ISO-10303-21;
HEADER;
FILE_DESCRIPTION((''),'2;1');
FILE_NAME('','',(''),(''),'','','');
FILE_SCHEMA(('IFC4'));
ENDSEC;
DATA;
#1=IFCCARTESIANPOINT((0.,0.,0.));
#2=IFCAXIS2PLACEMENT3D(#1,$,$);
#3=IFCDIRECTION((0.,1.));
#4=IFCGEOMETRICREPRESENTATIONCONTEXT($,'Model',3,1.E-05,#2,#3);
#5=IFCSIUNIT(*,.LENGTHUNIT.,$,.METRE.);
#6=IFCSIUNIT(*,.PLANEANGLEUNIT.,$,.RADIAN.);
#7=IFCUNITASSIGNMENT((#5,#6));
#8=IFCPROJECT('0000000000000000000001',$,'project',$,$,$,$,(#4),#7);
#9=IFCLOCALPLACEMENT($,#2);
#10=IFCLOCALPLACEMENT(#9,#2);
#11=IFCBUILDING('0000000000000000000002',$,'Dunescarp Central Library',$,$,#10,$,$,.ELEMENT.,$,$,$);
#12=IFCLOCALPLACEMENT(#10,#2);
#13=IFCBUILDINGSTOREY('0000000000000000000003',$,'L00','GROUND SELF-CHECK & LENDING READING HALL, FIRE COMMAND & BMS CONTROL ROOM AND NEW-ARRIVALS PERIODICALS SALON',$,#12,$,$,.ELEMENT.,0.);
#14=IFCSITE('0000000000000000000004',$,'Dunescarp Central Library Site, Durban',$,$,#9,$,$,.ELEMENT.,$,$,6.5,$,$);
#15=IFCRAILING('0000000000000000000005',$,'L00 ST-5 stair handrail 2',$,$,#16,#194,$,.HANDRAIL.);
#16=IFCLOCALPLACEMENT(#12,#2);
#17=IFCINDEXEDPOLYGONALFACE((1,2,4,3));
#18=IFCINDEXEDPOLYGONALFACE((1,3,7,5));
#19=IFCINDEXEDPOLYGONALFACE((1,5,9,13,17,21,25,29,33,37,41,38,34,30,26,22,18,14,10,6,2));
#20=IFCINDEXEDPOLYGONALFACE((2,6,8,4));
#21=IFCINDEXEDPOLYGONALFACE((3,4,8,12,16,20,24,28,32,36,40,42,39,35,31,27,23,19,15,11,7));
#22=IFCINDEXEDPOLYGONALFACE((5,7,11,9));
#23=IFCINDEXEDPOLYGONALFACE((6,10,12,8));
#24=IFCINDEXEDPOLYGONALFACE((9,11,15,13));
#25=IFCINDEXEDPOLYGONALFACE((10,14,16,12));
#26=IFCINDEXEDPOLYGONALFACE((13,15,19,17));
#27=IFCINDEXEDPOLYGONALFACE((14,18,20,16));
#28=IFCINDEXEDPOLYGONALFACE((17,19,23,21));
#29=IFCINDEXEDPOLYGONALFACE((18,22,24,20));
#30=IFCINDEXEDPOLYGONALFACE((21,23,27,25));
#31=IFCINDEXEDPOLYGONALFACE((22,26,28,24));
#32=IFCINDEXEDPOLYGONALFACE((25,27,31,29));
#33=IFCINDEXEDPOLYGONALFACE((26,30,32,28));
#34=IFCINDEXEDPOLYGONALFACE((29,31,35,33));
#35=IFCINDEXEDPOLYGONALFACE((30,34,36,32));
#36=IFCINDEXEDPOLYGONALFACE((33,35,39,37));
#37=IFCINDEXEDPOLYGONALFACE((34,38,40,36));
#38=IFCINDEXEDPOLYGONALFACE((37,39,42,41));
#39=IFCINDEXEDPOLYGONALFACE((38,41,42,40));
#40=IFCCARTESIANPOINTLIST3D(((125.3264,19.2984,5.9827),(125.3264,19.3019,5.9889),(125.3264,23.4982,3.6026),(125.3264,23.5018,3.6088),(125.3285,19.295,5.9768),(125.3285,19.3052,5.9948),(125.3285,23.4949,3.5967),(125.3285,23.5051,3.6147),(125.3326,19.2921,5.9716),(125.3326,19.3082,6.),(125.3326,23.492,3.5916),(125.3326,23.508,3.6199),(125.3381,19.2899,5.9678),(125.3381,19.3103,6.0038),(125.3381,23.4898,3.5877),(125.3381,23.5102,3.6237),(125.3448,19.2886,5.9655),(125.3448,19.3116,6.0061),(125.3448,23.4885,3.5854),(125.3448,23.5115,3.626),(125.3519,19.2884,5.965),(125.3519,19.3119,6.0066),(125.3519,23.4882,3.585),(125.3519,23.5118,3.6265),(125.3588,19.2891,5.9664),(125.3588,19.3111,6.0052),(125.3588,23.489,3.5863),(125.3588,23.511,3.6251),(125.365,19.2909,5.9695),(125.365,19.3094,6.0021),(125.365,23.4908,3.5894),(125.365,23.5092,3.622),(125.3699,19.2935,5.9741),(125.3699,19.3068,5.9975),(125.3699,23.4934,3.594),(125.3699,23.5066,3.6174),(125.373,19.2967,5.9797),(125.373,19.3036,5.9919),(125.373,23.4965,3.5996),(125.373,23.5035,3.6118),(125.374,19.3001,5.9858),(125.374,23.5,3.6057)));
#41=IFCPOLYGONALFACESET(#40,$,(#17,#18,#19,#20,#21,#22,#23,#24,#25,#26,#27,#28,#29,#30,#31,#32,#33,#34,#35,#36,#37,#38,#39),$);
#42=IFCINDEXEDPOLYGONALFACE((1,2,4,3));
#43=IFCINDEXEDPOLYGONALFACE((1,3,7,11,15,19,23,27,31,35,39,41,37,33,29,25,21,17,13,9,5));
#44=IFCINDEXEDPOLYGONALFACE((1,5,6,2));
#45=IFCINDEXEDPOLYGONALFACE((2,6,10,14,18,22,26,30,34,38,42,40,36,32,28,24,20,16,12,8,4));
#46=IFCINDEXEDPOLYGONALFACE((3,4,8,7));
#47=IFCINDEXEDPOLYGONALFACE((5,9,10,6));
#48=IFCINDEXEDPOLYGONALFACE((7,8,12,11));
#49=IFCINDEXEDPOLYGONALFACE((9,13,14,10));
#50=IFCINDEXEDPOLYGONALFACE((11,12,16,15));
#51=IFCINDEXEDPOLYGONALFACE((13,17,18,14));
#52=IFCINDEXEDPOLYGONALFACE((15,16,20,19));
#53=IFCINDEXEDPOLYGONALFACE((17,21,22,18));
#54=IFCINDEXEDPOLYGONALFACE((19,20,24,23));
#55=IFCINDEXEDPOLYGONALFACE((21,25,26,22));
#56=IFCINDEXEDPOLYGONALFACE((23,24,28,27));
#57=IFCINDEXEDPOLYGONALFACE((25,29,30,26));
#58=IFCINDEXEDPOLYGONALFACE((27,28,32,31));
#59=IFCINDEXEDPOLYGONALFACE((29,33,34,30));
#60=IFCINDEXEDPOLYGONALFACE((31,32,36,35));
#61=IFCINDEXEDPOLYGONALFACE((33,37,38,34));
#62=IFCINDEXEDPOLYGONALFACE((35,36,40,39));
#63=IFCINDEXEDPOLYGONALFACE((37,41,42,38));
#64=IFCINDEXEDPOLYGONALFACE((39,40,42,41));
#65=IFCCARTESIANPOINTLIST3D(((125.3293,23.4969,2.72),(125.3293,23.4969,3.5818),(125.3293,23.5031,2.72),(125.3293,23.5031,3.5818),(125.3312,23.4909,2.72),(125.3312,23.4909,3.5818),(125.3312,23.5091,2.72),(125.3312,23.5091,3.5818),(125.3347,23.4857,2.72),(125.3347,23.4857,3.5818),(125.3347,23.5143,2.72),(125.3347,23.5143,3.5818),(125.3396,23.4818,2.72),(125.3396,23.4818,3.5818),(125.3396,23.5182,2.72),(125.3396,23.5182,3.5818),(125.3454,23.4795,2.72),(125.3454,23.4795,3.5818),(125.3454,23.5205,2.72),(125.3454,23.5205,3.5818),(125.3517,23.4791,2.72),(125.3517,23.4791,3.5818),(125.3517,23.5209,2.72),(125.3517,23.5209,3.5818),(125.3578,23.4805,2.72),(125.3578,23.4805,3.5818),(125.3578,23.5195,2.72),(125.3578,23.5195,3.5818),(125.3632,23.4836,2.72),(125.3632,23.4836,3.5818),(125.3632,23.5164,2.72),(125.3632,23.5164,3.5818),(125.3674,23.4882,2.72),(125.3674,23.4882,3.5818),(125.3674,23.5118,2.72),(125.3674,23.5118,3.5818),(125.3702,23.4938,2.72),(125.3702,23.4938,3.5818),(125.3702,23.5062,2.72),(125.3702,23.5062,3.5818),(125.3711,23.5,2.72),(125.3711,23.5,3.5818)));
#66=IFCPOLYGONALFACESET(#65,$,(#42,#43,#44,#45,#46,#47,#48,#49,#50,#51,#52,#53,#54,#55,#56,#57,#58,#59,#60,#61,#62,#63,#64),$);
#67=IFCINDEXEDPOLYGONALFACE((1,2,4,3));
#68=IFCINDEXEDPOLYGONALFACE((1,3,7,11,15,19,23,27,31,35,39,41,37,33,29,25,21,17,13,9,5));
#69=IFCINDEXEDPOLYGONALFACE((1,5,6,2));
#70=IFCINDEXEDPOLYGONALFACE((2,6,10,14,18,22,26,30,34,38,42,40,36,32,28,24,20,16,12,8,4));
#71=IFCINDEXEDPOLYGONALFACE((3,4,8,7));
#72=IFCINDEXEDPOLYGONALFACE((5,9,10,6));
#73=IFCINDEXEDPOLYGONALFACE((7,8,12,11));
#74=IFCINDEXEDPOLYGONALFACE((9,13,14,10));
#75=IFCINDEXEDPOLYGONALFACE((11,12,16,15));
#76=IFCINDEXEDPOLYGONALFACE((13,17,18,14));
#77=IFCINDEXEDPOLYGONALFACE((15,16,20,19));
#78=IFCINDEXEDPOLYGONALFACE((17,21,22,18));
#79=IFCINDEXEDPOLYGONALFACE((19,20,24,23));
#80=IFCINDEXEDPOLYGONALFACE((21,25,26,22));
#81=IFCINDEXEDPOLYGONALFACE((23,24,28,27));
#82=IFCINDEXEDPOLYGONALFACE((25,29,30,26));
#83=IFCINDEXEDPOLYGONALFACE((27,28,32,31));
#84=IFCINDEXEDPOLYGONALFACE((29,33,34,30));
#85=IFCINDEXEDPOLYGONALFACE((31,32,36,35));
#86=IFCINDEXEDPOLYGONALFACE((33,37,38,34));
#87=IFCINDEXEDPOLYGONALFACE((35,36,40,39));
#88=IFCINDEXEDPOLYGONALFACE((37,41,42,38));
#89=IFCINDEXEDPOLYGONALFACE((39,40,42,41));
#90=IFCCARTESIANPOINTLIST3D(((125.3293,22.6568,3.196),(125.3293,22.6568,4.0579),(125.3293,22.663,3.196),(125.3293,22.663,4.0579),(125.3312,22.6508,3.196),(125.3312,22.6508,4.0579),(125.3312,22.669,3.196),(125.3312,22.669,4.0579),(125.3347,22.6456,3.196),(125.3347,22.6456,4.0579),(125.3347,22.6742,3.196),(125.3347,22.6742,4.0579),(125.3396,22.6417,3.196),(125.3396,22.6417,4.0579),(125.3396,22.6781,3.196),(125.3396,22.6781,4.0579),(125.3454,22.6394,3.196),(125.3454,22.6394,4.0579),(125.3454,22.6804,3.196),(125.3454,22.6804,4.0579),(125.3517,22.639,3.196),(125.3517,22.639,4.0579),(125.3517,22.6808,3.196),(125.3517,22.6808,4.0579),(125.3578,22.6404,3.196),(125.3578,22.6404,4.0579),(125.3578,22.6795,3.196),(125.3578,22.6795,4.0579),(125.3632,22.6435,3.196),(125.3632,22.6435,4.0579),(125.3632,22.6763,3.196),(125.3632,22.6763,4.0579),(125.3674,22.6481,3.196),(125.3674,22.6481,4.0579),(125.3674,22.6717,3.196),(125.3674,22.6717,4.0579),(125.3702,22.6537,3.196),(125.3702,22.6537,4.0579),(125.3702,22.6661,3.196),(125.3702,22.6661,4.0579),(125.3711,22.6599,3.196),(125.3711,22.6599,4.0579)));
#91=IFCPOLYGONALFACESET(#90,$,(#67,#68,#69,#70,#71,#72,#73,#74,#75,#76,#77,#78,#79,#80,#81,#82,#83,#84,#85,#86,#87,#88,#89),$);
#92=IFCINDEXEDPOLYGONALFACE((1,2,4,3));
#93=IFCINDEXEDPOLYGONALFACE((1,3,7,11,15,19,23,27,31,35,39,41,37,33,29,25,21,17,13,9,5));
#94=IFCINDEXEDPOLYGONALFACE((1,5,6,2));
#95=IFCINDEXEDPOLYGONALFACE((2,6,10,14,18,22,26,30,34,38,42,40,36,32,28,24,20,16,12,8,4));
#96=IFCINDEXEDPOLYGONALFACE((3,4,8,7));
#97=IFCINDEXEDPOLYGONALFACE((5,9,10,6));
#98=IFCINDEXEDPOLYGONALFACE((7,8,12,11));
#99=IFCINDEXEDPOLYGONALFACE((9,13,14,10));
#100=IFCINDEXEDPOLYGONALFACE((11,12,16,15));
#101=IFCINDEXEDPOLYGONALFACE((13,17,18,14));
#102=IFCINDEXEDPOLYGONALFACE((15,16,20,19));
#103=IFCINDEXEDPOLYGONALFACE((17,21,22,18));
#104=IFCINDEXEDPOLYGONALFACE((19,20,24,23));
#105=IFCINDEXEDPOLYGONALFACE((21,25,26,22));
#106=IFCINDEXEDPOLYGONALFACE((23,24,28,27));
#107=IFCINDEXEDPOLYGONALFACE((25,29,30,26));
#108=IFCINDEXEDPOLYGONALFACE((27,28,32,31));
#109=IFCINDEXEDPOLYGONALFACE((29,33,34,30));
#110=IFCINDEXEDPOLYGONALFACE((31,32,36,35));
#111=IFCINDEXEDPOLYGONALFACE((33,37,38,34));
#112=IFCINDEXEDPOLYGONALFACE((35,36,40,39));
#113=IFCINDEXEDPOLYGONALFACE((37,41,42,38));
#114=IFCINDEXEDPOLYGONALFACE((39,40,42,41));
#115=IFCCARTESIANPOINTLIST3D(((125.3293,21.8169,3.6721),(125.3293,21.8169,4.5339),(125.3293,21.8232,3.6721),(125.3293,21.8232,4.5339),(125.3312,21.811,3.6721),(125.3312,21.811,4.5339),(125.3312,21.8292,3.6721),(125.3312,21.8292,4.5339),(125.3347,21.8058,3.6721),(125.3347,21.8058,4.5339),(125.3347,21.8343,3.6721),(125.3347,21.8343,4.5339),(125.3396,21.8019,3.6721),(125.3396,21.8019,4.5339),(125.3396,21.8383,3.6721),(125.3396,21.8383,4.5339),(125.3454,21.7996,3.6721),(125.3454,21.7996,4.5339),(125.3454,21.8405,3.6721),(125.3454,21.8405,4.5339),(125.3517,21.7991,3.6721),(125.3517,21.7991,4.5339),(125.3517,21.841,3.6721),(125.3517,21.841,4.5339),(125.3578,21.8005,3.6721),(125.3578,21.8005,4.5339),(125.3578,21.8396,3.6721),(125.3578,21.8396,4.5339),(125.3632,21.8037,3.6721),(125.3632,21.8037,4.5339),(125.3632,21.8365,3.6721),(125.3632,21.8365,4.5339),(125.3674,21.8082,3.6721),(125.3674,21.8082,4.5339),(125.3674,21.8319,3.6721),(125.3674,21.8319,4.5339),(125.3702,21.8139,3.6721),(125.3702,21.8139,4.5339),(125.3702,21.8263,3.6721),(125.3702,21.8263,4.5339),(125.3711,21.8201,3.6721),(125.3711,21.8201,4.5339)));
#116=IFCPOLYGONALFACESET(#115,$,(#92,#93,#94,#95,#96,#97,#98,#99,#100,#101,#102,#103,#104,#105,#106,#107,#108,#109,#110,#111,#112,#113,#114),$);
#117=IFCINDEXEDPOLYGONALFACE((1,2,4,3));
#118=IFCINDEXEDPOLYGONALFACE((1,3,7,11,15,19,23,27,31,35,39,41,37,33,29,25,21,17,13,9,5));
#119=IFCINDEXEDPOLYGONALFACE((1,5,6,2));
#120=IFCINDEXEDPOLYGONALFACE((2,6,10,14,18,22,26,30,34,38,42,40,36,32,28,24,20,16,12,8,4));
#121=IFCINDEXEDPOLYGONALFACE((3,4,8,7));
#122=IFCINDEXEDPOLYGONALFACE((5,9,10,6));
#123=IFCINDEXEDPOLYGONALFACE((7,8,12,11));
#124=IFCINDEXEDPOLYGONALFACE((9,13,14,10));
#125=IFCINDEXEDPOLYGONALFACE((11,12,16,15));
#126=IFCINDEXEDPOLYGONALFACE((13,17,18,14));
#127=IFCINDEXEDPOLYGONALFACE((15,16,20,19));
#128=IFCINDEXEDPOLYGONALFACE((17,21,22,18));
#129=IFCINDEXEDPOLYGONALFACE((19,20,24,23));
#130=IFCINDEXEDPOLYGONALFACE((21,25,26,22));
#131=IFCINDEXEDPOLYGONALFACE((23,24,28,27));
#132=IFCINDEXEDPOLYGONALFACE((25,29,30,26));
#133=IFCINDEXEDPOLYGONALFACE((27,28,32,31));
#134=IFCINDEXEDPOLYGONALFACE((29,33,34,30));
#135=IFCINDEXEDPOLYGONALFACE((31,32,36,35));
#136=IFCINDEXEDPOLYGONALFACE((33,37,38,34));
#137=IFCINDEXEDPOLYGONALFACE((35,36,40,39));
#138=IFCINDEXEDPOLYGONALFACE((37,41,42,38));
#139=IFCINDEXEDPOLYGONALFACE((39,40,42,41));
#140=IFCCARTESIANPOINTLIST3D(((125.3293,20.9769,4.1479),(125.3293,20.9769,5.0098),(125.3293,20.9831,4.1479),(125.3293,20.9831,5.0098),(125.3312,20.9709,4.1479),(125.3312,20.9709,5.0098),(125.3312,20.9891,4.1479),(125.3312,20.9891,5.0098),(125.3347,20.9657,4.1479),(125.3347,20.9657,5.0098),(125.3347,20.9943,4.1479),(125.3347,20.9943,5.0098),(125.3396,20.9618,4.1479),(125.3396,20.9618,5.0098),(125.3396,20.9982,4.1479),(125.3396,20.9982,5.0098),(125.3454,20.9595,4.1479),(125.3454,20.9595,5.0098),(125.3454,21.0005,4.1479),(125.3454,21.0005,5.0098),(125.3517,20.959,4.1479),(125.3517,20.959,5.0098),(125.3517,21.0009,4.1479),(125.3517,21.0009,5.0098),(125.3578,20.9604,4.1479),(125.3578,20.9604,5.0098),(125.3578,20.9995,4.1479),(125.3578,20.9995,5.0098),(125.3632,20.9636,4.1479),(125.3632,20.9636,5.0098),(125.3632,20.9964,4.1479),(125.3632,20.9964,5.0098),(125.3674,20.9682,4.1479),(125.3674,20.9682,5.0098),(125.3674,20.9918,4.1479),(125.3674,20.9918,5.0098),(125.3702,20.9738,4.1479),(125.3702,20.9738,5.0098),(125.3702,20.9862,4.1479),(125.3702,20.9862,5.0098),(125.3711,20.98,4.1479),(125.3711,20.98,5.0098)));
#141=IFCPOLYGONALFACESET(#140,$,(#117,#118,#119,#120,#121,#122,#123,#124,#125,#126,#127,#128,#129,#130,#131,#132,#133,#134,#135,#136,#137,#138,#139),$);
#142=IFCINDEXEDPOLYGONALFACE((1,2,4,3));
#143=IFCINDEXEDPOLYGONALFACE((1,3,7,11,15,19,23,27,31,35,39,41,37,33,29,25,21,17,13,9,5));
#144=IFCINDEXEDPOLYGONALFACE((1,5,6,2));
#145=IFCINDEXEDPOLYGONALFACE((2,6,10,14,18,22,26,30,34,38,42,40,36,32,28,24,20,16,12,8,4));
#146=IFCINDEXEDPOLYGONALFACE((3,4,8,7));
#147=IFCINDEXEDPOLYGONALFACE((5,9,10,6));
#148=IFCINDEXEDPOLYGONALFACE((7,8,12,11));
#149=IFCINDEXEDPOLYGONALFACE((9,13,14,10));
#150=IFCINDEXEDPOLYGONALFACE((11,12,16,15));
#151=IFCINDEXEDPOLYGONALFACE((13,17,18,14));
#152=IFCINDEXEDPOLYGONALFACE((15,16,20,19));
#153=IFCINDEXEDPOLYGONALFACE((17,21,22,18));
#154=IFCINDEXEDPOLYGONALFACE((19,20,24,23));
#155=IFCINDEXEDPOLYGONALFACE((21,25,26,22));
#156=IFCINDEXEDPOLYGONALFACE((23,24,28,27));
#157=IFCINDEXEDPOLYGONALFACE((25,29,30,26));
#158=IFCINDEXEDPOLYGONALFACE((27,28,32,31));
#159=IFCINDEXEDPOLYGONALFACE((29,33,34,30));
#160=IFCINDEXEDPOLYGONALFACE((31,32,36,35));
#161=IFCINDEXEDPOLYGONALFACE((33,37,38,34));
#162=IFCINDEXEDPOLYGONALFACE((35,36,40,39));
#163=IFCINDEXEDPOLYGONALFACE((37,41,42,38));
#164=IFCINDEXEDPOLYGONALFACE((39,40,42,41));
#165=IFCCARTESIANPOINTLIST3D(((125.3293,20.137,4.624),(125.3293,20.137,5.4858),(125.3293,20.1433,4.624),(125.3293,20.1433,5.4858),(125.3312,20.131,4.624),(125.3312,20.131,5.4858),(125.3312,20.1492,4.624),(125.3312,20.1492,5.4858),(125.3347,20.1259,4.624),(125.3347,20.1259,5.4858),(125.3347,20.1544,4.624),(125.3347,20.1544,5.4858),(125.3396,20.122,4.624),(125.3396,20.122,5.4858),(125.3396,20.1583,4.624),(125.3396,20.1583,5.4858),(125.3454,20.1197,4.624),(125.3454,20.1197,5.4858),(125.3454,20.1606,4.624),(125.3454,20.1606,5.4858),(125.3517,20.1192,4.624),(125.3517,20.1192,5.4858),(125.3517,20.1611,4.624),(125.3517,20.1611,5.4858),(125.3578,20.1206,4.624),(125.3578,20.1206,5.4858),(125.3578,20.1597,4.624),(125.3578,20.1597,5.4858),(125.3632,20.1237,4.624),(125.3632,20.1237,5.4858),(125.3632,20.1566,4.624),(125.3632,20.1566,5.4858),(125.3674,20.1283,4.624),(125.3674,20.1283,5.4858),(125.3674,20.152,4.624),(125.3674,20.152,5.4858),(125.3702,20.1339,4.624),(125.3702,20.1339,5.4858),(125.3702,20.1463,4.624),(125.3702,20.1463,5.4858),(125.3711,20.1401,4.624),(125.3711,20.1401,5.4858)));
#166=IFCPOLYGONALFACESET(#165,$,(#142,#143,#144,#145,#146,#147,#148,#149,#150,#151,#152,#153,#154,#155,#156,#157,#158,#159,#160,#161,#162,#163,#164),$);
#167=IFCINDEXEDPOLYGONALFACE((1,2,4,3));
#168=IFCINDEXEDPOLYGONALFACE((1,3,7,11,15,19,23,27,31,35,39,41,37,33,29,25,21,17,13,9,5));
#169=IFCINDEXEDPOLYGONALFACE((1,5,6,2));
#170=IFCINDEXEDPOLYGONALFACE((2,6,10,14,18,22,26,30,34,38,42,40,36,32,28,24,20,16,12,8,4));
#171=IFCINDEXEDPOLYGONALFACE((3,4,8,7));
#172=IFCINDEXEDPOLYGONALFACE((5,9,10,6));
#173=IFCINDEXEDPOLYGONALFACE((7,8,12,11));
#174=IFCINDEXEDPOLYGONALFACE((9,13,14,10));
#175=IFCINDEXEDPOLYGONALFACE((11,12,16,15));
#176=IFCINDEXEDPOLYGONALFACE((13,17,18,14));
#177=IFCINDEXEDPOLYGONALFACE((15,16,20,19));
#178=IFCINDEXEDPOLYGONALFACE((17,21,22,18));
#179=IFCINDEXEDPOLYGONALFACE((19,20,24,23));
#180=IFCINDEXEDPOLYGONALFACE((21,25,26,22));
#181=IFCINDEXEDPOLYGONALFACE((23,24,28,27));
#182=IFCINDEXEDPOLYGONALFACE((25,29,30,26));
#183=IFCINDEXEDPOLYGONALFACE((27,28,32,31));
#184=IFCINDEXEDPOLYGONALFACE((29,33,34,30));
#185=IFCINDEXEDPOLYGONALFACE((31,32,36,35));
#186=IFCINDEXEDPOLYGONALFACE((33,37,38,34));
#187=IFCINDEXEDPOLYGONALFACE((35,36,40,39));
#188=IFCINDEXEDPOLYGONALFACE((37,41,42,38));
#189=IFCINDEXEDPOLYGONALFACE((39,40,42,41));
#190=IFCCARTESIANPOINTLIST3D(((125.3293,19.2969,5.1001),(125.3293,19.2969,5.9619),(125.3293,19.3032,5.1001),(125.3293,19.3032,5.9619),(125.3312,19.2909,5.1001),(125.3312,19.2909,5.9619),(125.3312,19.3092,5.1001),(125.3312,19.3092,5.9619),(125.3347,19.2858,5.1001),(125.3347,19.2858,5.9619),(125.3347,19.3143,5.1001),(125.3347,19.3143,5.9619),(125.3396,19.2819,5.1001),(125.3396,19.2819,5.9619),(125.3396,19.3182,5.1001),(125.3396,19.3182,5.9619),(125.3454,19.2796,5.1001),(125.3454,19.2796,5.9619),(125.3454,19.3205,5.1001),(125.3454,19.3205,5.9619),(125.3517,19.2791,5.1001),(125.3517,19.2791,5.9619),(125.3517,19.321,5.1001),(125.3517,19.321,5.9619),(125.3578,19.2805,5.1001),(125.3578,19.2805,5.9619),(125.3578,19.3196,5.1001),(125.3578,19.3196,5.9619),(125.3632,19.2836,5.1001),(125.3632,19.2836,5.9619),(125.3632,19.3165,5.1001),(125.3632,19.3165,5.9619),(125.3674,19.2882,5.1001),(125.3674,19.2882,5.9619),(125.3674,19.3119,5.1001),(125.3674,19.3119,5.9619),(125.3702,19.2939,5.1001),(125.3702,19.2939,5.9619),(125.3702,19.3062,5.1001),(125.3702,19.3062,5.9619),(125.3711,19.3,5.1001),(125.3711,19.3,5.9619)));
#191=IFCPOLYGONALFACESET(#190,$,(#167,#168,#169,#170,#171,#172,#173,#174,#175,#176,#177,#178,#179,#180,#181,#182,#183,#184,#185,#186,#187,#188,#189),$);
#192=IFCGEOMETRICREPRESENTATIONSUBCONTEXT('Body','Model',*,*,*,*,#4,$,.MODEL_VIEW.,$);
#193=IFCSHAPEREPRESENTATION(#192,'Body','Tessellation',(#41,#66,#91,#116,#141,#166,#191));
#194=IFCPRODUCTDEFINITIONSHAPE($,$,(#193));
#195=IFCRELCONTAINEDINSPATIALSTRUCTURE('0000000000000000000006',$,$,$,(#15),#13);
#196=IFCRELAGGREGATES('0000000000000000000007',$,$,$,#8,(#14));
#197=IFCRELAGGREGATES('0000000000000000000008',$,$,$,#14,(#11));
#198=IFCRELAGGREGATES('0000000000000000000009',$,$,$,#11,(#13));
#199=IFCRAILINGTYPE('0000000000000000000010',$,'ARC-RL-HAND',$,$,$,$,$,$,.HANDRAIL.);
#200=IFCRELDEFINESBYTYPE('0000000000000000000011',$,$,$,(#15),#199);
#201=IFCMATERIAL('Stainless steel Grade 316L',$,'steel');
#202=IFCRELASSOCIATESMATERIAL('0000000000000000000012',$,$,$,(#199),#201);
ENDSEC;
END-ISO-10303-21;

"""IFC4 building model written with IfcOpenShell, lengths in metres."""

from ifc_helpers import new_model, si_unit, direction, frame, origin, origin_2d, place, context, subcontext, project, spatial, circle, extrude, material, type_object, element, save


model = new_model("IFC4")

# Units and contexts
model_context = context("Model", 3, precision=1e-05, world=origin(), true_north=direction((0.0, 1.0)))
body_context = subcontext(model_context, "Body", "Model", "MODEL_VIEW")
ifc_project = project(units=[si_unit("LENGTHUNIT", "METRE"), si_unit("PLANEANGLEUNIT", "RADIAN")], contexts=[model_context])

# Site, building, storey
site_placement = place(None, origin())
site = spatial("IfcSite", under=ifc_project, at=site_placement, Name="Dunescarp Central Library Site, Durban", CompositionType="ELEMENT", RefElevation=6.5)
building_placement = place(site_placement, origin())
building = spatial("IfcBuilding", under=site, at=building_placement, Name="Dunescarp Central Library", CompositionType="ELEMENT")
storey_placement = place(building_placement, origin())
storey = spatial("IfcBuildingStorey", under=building, at=storey_placement, Name="L00", Description="GROUND SELF-CHECK & LENDING READING HALL, FIRE COMMAND & BMS CONTROL ROOM AND NEW-ARRIVALS PERIODICALS SALON", CompositionType="ELEMENT", Elevation=0.0)

# Railing
ifc_material_1 = material(Name="Stainless steel Grade 316L", Category="steel")
railing_type_1 = type_object("IfcRailingType", Name="ARC-RL-HAND", PredefinedType="HANDRAIL", material=ifc_material_1)
railing_1_placement = place(storey_placement, frame((125.3501, 23.5, 2.72)))
element("IfcRailing", 1, at=railing_1_placement, inside=storey, type_object=railing_type_1, Name="L00 ST-5 stair handrail 2", PredefinedType="HANDRAIL", context=body_context, shape_type="SweptSolid", body=[
    extrude(circle(Radius=0.0239, at=origin_2d()), frame((0.0, 0.0, 0.8857), z_axis=(0.0, -0.870008, 0.493037), x_axis=(1.0, 0.0, 0.0)), (0.0, 0.0, 1.0), 4.8274),
    extrude(circle(Radius=0.021, at=origin_2d()), origin(), (0.0, 0.0, 1.0), 0.8618),
    extrude(circle(Radius=0.021, at=origin_2d()), frame((0.0, -0.8401, 0.4761)), (0.0, 0.0, 1.0), 0.8618),
    extrude(circle(Radius=0.021, at=origin_2d()), frame((0.0, -1.6799, 0.9521)), (0.0, 0.0, 1.0), 0.8618),
    extrude(circle(Radius=0.021, at=origin_2d()), frame((0.0, -2.52, 1.428)), (0.0, 0.0, 1.0), 0.8618),
    extrude(circle(Radius=0.021, at=origin_2d()), frame((0.0, -3.3599, 1.9041)), (0.0, 0.0, 1.0), 0.8618),
    extrude(circle(Radius=0.021, at=origin_2d()), frame((0.0, -4.2, 2.3801)), (0.0, 0.0, 1.0), 0.8618),
])

save(model, "model.ifc")
